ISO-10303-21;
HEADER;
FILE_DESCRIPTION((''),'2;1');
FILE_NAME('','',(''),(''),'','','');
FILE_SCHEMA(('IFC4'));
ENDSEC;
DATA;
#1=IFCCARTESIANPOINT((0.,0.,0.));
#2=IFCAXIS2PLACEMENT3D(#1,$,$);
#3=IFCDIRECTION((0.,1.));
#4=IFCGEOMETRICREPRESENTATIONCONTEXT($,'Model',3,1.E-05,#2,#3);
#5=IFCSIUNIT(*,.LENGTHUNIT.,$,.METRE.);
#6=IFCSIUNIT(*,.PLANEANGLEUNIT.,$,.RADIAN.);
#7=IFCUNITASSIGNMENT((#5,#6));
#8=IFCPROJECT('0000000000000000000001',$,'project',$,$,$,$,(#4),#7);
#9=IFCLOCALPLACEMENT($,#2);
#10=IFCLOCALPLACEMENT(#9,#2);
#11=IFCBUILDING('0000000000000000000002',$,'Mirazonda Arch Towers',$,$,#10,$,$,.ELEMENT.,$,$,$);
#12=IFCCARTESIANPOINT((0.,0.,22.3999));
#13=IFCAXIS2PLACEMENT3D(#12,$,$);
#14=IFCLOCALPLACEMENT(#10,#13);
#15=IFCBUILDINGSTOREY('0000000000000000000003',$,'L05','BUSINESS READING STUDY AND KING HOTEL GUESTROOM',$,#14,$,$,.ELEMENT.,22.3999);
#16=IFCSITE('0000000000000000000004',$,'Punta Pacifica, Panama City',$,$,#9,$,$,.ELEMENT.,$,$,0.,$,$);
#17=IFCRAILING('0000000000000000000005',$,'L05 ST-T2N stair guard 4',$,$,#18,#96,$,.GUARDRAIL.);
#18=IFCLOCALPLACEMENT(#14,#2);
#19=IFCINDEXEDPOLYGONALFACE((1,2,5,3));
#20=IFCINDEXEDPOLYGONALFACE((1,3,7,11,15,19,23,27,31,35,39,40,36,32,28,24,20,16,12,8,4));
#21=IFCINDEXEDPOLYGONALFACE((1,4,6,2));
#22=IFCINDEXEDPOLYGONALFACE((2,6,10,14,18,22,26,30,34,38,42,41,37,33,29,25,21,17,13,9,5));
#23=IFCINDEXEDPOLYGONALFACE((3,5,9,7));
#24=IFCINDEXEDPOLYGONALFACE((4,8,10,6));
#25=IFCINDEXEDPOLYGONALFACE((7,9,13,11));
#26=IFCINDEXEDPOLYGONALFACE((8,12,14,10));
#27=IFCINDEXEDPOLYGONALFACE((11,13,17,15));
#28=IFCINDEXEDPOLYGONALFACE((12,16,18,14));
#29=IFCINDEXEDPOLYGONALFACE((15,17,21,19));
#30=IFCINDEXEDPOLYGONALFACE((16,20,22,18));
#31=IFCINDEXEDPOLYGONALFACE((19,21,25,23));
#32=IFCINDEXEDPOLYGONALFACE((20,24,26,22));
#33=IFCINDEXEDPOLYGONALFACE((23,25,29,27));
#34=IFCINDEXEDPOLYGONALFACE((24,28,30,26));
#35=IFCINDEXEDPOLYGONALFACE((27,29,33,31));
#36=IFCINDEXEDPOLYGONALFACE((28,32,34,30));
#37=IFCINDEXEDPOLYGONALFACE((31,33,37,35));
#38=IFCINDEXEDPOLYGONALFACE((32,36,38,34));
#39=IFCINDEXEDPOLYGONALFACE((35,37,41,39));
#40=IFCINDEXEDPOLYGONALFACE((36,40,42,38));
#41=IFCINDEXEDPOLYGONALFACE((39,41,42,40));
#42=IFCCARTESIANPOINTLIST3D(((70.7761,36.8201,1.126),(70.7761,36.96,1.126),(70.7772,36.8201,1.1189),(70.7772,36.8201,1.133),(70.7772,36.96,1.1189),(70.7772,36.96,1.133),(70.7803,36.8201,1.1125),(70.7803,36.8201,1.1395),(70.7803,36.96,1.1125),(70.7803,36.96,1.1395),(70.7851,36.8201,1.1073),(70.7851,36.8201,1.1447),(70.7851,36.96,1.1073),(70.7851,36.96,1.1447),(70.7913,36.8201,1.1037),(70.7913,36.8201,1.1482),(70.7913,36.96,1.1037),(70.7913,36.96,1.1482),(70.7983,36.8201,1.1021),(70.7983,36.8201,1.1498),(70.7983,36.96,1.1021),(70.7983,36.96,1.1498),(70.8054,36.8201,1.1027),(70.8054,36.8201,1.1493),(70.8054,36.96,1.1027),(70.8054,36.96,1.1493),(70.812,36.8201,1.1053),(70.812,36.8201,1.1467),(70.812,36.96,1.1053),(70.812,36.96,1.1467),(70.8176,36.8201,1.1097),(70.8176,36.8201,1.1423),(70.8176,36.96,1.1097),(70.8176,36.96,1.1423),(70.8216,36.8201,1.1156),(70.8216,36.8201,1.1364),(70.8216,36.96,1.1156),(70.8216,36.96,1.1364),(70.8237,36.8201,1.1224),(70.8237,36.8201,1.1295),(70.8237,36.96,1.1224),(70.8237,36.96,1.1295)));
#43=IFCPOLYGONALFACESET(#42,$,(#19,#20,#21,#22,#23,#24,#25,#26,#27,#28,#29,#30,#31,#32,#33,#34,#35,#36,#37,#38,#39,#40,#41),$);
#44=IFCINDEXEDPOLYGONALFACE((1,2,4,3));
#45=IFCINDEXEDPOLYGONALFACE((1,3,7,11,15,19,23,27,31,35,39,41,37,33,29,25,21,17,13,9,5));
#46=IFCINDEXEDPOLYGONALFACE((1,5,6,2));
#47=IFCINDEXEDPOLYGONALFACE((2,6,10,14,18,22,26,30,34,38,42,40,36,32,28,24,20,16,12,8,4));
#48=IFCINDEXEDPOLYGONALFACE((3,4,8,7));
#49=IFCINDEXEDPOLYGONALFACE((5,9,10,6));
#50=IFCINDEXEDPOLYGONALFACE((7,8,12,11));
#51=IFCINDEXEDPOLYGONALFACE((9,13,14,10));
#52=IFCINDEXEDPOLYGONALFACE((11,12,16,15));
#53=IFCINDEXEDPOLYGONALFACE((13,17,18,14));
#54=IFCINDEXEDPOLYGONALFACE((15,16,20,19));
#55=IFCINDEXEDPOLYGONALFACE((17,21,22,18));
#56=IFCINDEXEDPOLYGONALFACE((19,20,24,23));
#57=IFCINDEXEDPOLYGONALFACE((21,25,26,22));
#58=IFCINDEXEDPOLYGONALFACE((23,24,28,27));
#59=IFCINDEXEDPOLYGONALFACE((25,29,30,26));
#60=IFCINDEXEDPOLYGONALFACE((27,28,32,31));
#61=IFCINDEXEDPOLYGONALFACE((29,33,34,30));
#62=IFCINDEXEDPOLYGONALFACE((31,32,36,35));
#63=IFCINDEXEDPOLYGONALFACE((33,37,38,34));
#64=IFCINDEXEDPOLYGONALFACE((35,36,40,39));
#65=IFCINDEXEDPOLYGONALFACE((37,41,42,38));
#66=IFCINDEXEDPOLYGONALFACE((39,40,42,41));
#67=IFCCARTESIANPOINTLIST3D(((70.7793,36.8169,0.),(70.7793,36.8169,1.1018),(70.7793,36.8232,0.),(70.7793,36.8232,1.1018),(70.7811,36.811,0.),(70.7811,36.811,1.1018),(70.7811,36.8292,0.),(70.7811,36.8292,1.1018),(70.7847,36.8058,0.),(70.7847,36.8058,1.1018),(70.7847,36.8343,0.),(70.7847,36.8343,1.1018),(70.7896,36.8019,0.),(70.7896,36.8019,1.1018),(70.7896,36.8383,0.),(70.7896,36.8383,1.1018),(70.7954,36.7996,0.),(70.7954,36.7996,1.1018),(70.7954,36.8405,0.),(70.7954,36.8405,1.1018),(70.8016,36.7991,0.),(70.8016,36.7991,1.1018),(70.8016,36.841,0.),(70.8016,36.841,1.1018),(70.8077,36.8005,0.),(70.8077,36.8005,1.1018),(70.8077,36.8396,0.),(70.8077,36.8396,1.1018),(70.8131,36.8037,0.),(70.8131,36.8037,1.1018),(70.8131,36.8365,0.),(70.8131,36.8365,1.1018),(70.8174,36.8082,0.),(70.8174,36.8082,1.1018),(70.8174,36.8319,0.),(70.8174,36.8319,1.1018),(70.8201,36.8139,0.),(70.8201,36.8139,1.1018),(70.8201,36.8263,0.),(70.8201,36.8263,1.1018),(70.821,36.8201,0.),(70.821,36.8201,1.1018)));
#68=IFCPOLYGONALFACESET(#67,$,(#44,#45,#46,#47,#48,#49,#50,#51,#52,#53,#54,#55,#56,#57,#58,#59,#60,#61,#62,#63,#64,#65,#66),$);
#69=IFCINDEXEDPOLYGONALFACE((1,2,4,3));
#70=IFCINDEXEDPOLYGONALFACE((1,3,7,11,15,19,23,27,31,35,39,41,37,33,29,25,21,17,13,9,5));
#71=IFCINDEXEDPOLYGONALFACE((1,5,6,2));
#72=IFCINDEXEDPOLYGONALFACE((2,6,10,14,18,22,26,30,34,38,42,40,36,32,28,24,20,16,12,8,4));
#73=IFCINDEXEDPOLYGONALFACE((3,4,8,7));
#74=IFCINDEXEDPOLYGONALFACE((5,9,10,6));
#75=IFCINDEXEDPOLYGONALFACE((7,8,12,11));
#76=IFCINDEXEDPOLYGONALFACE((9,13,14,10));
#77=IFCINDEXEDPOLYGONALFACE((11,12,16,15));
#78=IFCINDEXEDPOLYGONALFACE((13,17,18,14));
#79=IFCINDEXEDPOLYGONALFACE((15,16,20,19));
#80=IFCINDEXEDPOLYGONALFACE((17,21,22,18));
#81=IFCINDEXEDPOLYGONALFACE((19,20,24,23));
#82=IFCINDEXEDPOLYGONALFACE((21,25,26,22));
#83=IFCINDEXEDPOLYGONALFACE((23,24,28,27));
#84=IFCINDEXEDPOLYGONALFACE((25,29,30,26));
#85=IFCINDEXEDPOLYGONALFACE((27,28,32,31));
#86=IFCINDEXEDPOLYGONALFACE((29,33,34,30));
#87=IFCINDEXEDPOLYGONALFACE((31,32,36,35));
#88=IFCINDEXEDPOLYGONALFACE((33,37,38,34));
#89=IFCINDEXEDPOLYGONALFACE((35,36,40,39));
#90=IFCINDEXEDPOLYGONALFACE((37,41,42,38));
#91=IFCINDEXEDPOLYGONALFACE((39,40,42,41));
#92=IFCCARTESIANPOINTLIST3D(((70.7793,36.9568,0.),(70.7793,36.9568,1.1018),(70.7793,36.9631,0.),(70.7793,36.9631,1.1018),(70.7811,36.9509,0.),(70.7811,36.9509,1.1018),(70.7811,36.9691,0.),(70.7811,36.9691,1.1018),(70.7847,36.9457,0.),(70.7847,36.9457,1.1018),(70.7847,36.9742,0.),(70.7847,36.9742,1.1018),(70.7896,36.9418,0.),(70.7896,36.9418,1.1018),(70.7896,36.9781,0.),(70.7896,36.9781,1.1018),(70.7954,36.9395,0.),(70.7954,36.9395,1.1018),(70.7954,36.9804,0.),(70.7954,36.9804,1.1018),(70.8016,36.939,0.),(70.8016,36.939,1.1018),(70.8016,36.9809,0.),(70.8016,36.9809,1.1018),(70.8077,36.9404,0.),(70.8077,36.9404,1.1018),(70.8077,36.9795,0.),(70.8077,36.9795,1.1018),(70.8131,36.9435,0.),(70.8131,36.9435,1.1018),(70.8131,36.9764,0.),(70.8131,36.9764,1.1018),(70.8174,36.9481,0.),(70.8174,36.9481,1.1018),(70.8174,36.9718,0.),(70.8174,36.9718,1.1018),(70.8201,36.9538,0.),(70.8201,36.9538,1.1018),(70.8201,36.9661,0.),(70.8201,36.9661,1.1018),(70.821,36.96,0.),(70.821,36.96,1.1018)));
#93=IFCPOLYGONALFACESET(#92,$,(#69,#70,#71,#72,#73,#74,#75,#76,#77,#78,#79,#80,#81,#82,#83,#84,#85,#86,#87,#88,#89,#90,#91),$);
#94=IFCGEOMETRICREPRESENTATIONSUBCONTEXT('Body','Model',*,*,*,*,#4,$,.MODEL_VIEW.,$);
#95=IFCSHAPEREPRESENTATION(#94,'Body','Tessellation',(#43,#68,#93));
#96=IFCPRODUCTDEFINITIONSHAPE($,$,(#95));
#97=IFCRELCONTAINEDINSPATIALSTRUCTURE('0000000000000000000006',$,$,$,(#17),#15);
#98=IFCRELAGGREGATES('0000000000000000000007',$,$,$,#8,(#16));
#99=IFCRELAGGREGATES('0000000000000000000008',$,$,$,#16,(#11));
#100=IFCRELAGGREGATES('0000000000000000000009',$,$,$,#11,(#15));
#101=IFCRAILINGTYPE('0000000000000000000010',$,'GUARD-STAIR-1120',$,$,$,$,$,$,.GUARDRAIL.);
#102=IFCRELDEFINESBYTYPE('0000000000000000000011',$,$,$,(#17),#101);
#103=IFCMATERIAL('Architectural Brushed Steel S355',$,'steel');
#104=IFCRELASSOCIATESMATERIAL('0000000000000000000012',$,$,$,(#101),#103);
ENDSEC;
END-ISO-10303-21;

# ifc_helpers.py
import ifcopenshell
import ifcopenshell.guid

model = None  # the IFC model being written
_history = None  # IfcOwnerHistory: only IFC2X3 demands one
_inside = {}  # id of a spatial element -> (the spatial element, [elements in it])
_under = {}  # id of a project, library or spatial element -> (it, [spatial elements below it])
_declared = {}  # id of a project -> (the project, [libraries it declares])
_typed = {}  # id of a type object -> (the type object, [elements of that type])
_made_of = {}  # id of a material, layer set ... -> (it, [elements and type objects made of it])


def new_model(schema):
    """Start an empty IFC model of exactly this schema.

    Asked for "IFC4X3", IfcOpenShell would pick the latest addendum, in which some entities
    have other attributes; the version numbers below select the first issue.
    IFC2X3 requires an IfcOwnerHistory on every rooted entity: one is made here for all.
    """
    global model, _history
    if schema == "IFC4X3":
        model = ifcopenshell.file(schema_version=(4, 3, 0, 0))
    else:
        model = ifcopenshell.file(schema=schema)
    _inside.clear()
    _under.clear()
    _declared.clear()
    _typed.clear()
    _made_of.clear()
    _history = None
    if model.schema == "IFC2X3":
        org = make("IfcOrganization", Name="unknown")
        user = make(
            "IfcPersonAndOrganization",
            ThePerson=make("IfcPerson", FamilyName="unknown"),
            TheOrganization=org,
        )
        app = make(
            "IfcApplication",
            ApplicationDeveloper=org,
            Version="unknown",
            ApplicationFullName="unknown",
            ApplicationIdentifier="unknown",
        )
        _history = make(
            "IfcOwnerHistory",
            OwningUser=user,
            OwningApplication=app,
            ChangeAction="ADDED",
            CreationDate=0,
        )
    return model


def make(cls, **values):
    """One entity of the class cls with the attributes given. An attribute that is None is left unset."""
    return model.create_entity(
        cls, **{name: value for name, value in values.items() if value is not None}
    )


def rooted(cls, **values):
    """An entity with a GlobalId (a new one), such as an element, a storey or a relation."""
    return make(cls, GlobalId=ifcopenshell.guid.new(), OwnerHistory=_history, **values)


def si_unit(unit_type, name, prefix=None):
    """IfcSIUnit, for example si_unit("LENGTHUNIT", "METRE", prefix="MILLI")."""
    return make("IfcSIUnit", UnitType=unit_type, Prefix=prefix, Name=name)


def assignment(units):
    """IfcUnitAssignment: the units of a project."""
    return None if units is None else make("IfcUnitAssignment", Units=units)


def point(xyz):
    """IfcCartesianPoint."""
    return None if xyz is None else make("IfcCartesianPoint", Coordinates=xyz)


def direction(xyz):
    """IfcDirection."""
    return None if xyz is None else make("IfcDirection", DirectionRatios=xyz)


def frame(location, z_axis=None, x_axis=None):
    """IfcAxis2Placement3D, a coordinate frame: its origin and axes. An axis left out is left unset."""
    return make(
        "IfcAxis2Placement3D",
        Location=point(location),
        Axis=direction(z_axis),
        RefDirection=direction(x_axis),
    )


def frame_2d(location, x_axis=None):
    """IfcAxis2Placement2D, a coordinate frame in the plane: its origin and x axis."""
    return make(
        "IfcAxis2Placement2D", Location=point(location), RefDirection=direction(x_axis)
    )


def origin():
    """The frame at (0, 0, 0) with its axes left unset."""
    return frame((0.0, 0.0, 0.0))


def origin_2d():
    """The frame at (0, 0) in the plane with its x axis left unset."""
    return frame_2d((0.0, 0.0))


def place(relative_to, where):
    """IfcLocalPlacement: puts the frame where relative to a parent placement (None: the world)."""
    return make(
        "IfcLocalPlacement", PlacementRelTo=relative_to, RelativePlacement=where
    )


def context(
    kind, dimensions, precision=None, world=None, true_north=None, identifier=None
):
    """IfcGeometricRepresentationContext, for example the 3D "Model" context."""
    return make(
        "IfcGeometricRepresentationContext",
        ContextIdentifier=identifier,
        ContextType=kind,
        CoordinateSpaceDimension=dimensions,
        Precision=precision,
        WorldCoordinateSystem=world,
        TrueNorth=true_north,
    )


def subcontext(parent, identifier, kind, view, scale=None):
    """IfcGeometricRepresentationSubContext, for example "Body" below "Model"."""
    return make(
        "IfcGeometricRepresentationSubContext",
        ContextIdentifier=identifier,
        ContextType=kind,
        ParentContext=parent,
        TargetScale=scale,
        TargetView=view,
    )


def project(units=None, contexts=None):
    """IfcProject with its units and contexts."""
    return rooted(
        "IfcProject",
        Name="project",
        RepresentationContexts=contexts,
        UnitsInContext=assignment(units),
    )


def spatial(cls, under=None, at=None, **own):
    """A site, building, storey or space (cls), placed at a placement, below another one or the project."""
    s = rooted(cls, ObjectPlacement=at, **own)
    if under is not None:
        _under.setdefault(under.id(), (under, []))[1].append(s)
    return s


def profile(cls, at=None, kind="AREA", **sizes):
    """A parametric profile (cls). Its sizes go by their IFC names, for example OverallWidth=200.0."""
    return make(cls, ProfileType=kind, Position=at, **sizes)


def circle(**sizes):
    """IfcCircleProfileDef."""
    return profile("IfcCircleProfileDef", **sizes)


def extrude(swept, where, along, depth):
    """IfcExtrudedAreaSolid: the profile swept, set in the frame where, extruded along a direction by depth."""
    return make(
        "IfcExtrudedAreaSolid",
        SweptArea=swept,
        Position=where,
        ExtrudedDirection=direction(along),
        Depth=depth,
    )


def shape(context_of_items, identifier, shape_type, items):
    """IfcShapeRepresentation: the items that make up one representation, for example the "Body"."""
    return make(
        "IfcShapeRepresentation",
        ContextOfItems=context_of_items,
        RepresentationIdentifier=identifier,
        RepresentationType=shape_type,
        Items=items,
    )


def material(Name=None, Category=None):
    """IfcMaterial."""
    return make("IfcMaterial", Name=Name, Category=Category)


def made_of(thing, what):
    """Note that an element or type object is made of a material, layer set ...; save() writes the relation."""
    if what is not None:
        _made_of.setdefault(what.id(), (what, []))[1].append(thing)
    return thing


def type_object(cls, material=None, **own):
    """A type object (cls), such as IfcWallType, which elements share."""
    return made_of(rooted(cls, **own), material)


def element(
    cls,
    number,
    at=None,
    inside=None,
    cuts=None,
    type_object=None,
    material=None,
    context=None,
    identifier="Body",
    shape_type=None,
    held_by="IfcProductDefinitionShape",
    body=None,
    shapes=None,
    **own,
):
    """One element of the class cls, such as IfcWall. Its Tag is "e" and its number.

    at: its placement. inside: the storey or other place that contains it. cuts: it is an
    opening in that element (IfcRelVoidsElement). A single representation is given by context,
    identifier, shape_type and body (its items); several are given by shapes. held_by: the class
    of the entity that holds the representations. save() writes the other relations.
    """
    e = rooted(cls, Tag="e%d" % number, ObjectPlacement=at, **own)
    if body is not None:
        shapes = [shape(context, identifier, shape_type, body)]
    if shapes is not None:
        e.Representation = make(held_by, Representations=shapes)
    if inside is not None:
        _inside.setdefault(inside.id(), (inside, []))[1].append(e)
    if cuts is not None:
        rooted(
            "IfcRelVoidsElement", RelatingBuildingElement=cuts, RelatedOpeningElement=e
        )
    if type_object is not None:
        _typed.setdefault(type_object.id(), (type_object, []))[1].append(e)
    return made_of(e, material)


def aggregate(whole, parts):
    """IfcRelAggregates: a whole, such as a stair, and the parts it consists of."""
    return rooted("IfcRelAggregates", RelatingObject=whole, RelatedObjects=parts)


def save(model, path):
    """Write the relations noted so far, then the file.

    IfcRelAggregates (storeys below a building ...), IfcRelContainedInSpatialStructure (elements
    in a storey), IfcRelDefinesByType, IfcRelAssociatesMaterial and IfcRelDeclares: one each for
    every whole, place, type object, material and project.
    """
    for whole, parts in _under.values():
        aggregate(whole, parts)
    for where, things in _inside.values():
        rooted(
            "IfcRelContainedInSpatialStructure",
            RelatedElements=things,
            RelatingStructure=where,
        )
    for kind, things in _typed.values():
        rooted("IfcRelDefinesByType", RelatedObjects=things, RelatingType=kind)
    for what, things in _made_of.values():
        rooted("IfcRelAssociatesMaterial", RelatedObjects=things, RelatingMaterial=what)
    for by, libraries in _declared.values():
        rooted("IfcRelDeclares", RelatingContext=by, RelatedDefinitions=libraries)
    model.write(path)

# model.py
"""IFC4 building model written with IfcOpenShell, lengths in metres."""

from ifc_helpers import new_model, si_unit, direction, frame, origin, origin_2d, place, context, subcontext, project, spatial, circle, extrude, material, type_object, element, save


model = new_model("IFC4")

# Units and contexts
model_context = context("Model", 3, precision=1e-05, world=origin(), true_north=direction((0.0, 1.0)))
body_context = subcontext(model_context, "Body", "Model", "MODEL_VIEW")
ifc_project = project(units=[si_unit("LENGTHUNIT", "METRE"), si_unit("PLANEANGLEUNIT", "RADIAN")], contexts=[model_context])

# Site, building, storey
site_placement = place(None, origin())
site = spatial("IfcSite", under=ifc_project, at=site_placement, Name="Punta Pacifica, Panama City", CompositionType="ELEMENT", RefElevation=0.0)
building_placement = place(site_placement, origin())
building = spatial("IfcBuilding", under=site, at=building_placement, Name="Mirazonda Arch Towers", CompositionType="ELEMENT")
storey_placement = place(building_placement, frame((0.0, 0.0, 22.3999)))
storey = spatial("IfcBuildingStorey", under=building, at=storey_placement, Name="L05", Description="BUSINESS READING STUDY AND KING HOTEL GUESTROOM", CompositionType="ELEMENT", Elevation=22.3999)

# Railing
ifc_material_1 = material(Name="Architectural Brushed Steel S355", Category="steel")
railing_type = type_object("IfcRailingType", Name="GUARD-STAIR-1120", PredefinedType="GUARDRAIL", material=ifc_material_1)
railing_1_placement = place(storey_placement, frame((70.8, 36.8201, 0.0)))
element("IfcRailing", 1, at=railing_1_placement, inside=storey, type_object=railing_type, Name="L05 ST-T2N stair guard 4", PredefinedType="GUARDRAIL", context=body_context, shape_type="SweptSolid", body=[
    extrude(circle(Radius=0.0239, at=origin_2d()), frame((0.0, 0.0, 1.126), z_axis=(0.0, 1.0, 0.0), x_axis=(-1.0, 0.0, 0.0)), (0.0, 0.0, 1.0), 0.1399),
    extrude(circle(Radius=0.021, at=origin_2d()), origin(), (0.0, 0.0, 1.0), 1.1018),
    extrude(circle(Radius=0.021, at=origin_2d()), frame((0.0, 0.1399, 0.0)), (0.0, 0.0, 1.0), 1.1018),
])

save(model, "model.ifc")
